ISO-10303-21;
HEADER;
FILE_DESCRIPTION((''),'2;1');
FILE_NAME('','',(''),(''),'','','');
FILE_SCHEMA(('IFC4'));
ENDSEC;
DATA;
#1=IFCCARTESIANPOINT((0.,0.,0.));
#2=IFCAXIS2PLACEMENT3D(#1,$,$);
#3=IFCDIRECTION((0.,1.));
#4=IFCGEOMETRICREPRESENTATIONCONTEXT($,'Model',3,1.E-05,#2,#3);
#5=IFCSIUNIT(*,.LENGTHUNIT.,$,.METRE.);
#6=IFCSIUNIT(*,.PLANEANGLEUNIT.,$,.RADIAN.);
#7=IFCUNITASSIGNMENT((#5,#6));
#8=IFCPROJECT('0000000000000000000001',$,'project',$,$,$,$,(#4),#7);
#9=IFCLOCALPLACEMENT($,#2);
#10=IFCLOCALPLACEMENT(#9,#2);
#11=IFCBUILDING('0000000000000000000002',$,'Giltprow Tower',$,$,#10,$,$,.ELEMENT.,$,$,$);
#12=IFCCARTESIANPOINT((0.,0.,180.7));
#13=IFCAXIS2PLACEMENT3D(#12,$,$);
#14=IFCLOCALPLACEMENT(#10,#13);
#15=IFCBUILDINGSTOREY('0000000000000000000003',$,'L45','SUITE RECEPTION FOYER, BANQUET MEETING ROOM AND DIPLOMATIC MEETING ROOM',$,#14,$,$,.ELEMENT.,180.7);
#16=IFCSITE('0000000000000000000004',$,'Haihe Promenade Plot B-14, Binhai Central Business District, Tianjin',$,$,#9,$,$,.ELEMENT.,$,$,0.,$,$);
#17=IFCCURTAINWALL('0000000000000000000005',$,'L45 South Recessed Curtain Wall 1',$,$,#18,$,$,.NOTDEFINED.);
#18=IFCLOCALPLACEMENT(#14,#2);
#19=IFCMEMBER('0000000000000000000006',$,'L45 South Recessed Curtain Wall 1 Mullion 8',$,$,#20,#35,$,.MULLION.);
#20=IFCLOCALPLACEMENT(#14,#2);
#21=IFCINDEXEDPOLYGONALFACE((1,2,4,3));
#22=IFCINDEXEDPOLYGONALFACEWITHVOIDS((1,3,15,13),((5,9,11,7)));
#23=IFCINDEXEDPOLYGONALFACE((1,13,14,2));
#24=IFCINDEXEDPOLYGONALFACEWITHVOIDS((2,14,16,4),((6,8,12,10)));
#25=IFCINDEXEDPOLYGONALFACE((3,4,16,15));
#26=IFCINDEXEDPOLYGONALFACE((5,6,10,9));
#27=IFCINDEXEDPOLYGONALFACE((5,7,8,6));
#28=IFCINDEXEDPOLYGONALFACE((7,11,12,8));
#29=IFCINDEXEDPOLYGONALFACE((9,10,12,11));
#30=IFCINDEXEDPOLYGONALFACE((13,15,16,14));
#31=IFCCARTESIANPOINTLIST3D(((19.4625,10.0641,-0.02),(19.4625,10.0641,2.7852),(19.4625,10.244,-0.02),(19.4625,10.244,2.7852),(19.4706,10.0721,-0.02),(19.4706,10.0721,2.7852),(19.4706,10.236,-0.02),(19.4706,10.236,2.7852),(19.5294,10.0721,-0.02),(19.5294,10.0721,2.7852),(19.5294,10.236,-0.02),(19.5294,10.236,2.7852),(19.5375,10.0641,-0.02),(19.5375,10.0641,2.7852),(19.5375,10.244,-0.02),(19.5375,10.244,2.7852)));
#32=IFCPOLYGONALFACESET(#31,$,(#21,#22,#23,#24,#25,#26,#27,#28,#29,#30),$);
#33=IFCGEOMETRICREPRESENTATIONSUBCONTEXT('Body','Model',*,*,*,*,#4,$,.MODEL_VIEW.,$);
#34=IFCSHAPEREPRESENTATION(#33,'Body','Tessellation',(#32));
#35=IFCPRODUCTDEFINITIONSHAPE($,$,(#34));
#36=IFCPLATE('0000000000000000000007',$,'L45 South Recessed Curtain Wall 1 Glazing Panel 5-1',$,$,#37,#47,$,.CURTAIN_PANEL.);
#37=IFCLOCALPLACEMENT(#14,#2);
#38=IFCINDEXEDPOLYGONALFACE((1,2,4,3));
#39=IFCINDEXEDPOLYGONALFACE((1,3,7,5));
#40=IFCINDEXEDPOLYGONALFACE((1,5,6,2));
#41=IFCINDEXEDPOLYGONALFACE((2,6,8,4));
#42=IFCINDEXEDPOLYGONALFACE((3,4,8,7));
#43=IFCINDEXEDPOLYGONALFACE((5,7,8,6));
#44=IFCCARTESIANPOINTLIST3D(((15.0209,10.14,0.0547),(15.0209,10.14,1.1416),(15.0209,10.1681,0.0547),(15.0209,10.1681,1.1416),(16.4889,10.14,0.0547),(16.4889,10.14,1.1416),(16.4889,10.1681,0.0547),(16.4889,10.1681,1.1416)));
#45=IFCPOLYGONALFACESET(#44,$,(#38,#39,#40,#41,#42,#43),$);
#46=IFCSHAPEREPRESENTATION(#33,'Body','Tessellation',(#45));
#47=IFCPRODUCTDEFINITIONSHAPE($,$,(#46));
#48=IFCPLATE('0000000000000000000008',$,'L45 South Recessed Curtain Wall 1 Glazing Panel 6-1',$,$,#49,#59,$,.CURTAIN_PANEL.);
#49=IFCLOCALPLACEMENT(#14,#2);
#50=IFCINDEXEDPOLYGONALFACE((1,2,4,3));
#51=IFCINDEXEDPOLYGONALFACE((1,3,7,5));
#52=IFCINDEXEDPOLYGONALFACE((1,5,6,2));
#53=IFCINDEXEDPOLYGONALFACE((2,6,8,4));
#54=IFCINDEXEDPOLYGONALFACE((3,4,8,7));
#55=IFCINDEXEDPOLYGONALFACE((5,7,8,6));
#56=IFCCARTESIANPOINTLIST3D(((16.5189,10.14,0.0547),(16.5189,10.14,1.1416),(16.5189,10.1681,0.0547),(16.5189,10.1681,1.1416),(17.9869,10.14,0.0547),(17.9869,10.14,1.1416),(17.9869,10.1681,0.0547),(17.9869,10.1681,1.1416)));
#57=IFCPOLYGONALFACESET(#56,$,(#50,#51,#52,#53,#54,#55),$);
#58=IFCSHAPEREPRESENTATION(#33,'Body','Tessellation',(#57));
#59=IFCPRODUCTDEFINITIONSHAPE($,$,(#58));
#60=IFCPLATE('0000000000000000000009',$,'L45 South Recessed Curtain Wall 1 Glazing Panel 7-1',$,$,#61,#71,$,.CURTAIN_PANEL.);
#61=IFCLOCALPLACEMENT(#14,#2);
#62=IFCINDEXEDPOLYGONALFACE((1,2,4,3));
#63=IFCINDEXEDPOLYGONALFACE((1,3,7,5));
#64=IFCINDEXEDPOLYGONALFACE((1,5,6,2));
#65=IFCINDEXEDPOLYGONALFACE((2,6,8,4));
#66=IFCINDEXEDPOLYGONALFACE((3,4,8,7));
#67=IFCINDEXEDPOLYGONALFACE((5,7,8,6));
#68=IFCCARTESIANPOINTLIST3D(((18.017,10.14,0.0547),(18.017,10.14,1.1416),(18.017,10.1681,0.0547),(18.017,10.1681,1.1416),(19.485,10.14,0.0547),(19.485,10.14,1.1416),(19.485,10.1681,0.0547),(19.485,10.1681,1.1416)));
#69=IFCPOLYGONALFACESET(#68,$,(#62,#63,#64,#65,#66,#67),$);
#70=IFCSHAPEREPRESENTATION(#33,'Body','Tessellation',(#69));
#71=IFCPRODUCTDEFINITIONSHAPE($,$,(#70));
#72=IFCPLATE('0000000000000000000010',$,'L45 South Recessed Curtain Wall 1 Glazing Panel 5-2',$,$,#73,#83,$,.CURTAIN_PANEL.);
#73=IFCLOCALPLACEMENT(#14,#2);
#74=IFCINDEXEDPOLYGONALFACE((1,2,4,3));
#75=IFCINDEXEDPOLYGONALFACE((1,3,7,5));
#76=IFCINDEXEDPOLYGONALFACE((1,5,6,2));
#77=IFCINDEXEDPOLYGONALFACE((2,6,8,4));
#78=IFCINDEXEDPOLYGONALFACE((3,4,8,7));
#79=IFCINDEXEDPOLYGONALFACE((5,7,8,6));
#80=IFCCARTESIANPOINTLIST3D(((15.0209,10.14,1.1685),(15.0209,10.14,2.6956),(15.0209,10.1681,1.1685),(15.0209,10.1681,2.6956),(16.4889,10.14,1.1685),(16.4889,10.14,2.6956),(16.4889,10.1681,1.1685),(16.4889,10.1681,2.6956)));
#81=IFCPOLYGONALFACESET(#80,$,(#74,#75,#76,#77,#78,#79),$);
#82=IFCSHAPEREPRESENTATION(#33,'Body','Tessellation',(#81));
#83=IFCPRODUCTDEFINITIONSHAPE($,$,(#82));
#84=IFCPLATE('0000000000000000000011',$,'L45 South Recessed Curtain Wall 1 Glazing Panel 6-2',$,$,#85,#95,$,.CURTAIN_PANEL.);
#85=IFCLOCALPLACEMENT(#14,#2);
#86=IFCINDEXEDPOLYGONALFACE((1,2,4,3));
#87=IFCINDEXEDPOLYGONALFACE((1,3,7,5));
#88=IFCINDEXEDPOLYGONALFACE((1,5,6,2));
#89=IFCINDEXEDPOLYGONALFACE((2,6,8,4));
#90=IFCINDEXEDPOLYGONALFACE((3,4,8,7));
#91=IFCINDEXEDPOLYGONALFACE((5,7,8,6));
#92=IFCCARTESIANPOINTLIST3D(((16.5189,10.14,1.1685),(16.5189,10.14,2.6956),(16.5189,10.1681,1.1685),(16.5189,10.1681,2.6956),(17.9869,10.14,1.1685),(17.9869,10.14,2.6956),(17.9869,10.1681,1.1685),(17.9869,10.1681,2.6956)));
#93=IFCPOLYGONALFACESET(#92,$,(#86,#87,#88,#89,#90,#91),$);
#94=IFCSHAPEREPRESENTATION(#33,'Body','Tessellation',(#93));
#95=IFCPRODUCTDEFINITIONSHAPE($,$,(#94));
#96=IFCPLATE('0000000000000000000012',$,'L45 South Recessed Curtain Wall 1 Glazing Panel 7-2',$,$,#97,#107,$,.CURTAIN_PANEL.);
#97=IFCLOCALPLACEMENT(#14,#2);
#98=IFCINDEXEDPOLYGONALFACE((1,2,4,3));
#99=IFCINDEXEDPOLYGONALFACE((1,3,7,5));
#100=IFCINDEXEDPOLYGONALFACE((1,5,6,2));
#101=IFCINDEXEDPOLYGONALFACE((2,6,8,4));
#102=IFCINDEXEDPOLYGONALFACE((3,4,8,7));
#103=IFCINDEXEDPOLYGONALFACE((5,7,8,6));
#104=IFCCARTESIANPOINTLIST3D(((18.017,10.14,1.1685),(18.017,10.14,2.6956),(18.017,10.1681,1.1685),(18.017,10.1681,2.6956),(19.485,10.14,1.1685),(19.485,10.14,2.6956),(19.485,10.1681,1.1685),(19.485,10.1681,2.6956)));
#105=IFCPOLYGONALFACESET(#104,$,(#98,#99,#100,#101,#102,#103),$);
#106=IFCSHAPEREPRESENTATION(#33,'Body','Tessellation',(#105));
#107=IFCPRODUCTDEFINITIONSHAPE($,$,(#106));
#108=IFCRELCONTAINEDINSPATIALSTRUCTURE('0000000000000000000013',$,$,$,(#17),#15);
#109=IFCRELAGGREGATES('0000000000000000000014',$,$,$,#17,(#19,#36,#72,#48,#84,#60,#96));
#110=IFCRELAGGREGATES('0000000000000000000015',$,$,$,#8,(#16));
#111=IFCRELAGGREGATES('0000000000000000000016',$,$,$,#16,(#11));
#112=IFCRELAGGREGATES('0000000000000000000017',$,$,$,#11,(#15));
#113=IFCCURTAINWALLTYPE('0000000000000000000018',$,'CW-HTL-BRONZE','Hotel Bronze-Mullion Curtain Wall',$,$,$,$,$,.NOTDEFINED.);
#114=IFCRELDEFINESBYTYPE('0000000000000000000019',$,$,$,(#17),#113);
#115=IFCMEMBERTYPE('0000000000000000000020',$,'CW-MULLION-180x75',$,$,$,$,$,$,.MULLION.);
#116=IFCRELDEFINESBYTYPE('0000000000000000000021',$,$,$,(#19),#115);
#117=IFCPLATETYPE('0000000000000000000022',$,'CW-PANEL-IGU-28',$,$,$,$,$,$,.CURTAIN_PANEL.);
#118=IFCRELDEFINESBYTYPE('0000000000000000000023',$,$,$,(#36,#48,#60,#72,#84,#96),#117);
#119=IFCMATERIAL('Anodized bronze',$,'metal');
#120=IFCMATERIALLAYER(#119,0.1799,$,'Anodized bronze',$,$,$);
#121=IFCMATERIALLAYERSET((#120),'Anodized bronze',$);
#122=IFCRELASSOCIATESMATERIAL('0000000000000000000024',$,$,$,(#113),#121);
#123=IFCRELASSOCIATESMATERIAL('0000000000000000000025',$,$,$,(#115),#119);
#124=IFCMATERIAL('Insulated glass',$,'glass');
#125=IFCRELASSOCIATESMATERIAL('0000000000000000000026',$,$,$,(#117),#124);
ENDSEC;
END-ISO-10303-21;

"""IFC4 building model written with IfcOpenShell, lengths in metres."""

from ifc_helpers import new_model, si_unit, direction, frame, origin, origin_2d, place, context, subcontext, project, spatial, rectangle, hollow_rectangle, extrude, source, transform, mapped, material, layer, layer_set, material_profile, profile_set, type_object, element, aggregate, save


model = new_model("IFC4")

# Units and contexts
model_context = context("Model", 3, precision=1e-05, world=origin(), true_north=direction((0.0, 1.0)))
body_context = subcontext(model_context, "Body", "Model", "MODEL_VIEW")
ifc_project = project(units=[si_unit("LENGTHUNIT", "METRE"), si_unit("PLANEANGLEUNIT", "RADIAN")], contexts=[model_context])

# Site, building, storey
site_placement = place(None, origin())
site = spatial("IfcSite", under=ifc_project, at=site_placement, Name="Haihe Promenade Plot B-14, Binhai Central Business District, Tianjin", CompositionType="ELEMENT", RefElevation=0.0)
building_placement = place(site_placement, origin())
building = spatial("IfcBuilding", under=site, at=building_placement, Name="Giltprow Tower", CompositionType="ELEMENT")
storey_placement = place(building_placement, frame((0.0, 0.0, 180.7)))
storey = spatial("IfcBuildingStorey", under=building, at=storey_placement, Name="L45", Description="SUITE RECEPTION FOYER, BANQUET MEETING ROOM AND DIPLOMATIC MEETING ROOM", CompositionType="ELEMENT", Elevation=180.7)

# Curtain wall, member, plates
ifc_material_1 = material(Name="Anodized bronze", Category="metal")
ifc_layer_1 = layer(ifc_material_1, 0.1799, Name="Anodized bronze")
ifc_layer_set_1 = layer_set([ifc_layer_1], Name="Anodized bronze")
curtain_wall_type = type_object("IfcCurtainWallType", Name="CW-HTL-BRONZE", Description="Hotel Bronze-Mullion Curtain Wall", PredefinedType="NOTDEFINED", material=ifc_layer_set_1)
curtain_wall_placement = place(storey_placement, origin())
curtain_wall = element("IfcCurtainWall", 1, at=curtain_wall_placement, inside=storey, type_object=curtain_wall_type, Name="L45 South Recessed Curtain Wall 1", PredefinedType="NOTDEFINED")
ifc_material_profile_1 = material_profile(ifc_material_1, hollow_rectangle(XDim=0.075, YDim=0.1799, WallThickness=0.0081, at=origin_2d()), Name="RHS 180x75x8")
ifc_profile_set_1 = profile_set([ifc_material_profile_1], Name="Anodized bronze")
member_type = type_object("IfcMemberType", Name="CW-MULLION-180x75", PredefinedType="MULLION", material=ifc_profile_set_1)
shared_shape_1 = source(origin(), body_context, "Body", "SweptSolid", [
    extrude(hollow_rectangle(XDim=0.075, YDim=0.1799, WallThickness=0.0081, at=origin_2d()), origin(), (0.0, 0.0, 1.0), 2.8052),
])
member_1_placement = place(storey_placement, frame((19.5, 10.1541, -0.02), z_axis=(0.0, 0.0, 1.0), x_axis=(1.0, 0.0, 0.0)))
member_1 = element("IfcMember", 2, at=member_1_placement, type_object=member_type, Name="L45 South Recessed Curtain Wall 1 Mullion 8", PredefinedType="MULLION", context=body_context, shape_type="MappedRepresentation", body=[
    mapped(shared_shape_1, transform((0.0, 0.0, 0.0), x_axis=(1.0, 0.0, 0.0), y_axis=(0.0, 1.0, 0.0), z_axis=(0.0, 0.0, 1.0), scale=1.0)),
])
ifc_material_2 = material(Name="Insulated glass", Category="glass")
plate_type = type_object("IfcPlateType", Name="CW-PANEL-IGU-28", PredefinedType="CURTAIN_PANEL", material=ifc_material_2)
shared_shape_2 = source(origin(), body_context, "Body", "SweptSolid", [
    extrude(rectangle(XDim=1.468, YDim=0.0281, at=origin_2d()), origin(), (0.0, 0.0, 1.0), 1.0869),
])
plate_1_placement = place(storey_placement, frame((15.7549, 10.1541, 0.0547), z_axis=(0.0, 0.0, 1.0), x_axis=(1.0, 0.0, 0.0)))
plate_1 = element("IfcPlate", 3, at=plate_1_placement, type_object=plate_type, Name="L45 South Recessed Curtain Wall 1 Glazing Panel 5-1", PredefinedType="CURTAIN_PANEL", context=body_context, shape_type="MappedRepresentation", body=[
    mapped(shared_shape_2, transform((0.0, 0.0, 0.0), x_axis=(1.0, 0.0, 0.0), y_axis=(0.0, 1.0, 0.0), z_axis=(0.0, 0.0, 1.0), scale=1.0)),
])
plate_2_placement = place(storey_placement, frame((17.2529, 10.1541, 0.0547), z_axis=(0.0, 0.0, 1.0), x_axis=(1.0, 0.0, 0.0)))
plate_2 = element("IfcPlate", 4, at=plate_2_placement, type_object=plate_type, Name="L45 South Recessed Curtain Wall 1 Glazing Panel 6-1", PredefinedType="CURTAIN_PANEL", context=body_context, shape_type="MappedRepresentation", body=[
    mapped(shared_shape_2, transform((0.0, 0.0, 0.0), x_axis=(1.0, 0.0, 0.0), y_axis=(0.0, 1.0, 0.0), z_axis=(0.0, 0.0, 1.0), scale=1.0)),
])
plate_3_placement = place(storey_placement, frame((18.751, 10.1541, 0.0547), z_axis=(0.0, 0.0, 1.0), x_axis=(1.0, 0.0, 0.0)))
plate_3 = element("IfcPlate", 5, at=plate_3_placement, type_object=plate_type, Name="L45 South Recessed Curtain Wall 1 Glazing Panel 7-1", PredefinedType="CURTAIN_PANEL", context=body_context, shape_type="MappedRepresentation", body=[
    mapped(shared_shape_2, transform((0.0, 0.0, 0.0), x_axis=(1.0, 0.0, 0.0), y_axis=(0.0, 1.0, 0.0), z_axis=(0.0, 0.0, 1.0), scale=1.0)),
])
shared_shape_3 = source(origin(), body_context, "Body", "SweptSolid", [
    extrude(rectangle(XDim=1.468, YDim=0.0281, at=origin_2d()), origin(), (0.0, 0.0, 1.0), 1.5271),
])
plate_4_placement = place(storey_placement, frame((15.7549, 10.1541, 1.1685), z_axis=(0.0, 0.0, 1.0), x_axis=(1.0, 0.0, 0.0)))
plate_4 = element("IfcPlate", 6, at=plate_4_placement, type_object=plate_type, Name="L45 South Recessed Curtain Wall 1 Glazing Panel 5-2", PredefinedType="CURTAIN_PANEL", context=body_context, shape_type="MappedRepresentation", body=[
    mapped(shared_shape_3, transform((0.0, 0.0, 0.0), x_axis=(1.0, 0.0, 0.0), y_axis=(0.0, 1.0, 0.0), z_axis=(0.0, 0.0, 1.0), scale=1.0)),
])
plate_5_placement = place(storey_placement, frame((17.2529, 10.1541, 1.1685), z_axis=(0.0, 0.0, 1.0), x_axis=(1.0, 0.0, 0.0)))
plate_5 = element("IfcPlate", 7, at=plate_5_placement, type_object=plate_type, Name="L45 South Recessed Curtain Wall 1 Glazing Panel 6-2", PredefinedType="CURTAIN_PANEL", context=body_context, shape_type="MappedRepresentation", body=[
    mapped(shared_shape_3, transform((0.0, 0.0, 0.0), x_axis=(1.0, 0.0, 0.0), y_axis=(0.0, 1.0, 0.0), z_axis=(0.0, 0.0, 1.0), scale=1.0)),
])
plate_6_placement = place(storey_placement, frame((18.751, 10.1541, 1.1685), z_axis=(0.0, 0.0, 1.0), x_axis=(1.0, 0.0, 0.0)))
plate_6 = element("IfcPlate", 8, at=plate_6_placement, type_object=plate_type, Name="L45 South Recessed Curtain Wall 1 Glazing Panel 7-2", PredefinedType="CURTAIN_PANEL", context=body_context, shape_type="MappedRepresentation", body=[
    mapped(shared_shape_3, transform((0.0, 0.0, 0.0), x_axis=(1.0, 0.0, 0.0), y_axis=(0.0, 1.0, 0.0), z_axis=(0.0, 0.0, 1.0), scale=1.0)),
])
aggregate(curtain_wall, [member_1, plate_1, plate_4, plate_2, plate_5, plate_3, plate_6])

save(model, "model.ifc")
